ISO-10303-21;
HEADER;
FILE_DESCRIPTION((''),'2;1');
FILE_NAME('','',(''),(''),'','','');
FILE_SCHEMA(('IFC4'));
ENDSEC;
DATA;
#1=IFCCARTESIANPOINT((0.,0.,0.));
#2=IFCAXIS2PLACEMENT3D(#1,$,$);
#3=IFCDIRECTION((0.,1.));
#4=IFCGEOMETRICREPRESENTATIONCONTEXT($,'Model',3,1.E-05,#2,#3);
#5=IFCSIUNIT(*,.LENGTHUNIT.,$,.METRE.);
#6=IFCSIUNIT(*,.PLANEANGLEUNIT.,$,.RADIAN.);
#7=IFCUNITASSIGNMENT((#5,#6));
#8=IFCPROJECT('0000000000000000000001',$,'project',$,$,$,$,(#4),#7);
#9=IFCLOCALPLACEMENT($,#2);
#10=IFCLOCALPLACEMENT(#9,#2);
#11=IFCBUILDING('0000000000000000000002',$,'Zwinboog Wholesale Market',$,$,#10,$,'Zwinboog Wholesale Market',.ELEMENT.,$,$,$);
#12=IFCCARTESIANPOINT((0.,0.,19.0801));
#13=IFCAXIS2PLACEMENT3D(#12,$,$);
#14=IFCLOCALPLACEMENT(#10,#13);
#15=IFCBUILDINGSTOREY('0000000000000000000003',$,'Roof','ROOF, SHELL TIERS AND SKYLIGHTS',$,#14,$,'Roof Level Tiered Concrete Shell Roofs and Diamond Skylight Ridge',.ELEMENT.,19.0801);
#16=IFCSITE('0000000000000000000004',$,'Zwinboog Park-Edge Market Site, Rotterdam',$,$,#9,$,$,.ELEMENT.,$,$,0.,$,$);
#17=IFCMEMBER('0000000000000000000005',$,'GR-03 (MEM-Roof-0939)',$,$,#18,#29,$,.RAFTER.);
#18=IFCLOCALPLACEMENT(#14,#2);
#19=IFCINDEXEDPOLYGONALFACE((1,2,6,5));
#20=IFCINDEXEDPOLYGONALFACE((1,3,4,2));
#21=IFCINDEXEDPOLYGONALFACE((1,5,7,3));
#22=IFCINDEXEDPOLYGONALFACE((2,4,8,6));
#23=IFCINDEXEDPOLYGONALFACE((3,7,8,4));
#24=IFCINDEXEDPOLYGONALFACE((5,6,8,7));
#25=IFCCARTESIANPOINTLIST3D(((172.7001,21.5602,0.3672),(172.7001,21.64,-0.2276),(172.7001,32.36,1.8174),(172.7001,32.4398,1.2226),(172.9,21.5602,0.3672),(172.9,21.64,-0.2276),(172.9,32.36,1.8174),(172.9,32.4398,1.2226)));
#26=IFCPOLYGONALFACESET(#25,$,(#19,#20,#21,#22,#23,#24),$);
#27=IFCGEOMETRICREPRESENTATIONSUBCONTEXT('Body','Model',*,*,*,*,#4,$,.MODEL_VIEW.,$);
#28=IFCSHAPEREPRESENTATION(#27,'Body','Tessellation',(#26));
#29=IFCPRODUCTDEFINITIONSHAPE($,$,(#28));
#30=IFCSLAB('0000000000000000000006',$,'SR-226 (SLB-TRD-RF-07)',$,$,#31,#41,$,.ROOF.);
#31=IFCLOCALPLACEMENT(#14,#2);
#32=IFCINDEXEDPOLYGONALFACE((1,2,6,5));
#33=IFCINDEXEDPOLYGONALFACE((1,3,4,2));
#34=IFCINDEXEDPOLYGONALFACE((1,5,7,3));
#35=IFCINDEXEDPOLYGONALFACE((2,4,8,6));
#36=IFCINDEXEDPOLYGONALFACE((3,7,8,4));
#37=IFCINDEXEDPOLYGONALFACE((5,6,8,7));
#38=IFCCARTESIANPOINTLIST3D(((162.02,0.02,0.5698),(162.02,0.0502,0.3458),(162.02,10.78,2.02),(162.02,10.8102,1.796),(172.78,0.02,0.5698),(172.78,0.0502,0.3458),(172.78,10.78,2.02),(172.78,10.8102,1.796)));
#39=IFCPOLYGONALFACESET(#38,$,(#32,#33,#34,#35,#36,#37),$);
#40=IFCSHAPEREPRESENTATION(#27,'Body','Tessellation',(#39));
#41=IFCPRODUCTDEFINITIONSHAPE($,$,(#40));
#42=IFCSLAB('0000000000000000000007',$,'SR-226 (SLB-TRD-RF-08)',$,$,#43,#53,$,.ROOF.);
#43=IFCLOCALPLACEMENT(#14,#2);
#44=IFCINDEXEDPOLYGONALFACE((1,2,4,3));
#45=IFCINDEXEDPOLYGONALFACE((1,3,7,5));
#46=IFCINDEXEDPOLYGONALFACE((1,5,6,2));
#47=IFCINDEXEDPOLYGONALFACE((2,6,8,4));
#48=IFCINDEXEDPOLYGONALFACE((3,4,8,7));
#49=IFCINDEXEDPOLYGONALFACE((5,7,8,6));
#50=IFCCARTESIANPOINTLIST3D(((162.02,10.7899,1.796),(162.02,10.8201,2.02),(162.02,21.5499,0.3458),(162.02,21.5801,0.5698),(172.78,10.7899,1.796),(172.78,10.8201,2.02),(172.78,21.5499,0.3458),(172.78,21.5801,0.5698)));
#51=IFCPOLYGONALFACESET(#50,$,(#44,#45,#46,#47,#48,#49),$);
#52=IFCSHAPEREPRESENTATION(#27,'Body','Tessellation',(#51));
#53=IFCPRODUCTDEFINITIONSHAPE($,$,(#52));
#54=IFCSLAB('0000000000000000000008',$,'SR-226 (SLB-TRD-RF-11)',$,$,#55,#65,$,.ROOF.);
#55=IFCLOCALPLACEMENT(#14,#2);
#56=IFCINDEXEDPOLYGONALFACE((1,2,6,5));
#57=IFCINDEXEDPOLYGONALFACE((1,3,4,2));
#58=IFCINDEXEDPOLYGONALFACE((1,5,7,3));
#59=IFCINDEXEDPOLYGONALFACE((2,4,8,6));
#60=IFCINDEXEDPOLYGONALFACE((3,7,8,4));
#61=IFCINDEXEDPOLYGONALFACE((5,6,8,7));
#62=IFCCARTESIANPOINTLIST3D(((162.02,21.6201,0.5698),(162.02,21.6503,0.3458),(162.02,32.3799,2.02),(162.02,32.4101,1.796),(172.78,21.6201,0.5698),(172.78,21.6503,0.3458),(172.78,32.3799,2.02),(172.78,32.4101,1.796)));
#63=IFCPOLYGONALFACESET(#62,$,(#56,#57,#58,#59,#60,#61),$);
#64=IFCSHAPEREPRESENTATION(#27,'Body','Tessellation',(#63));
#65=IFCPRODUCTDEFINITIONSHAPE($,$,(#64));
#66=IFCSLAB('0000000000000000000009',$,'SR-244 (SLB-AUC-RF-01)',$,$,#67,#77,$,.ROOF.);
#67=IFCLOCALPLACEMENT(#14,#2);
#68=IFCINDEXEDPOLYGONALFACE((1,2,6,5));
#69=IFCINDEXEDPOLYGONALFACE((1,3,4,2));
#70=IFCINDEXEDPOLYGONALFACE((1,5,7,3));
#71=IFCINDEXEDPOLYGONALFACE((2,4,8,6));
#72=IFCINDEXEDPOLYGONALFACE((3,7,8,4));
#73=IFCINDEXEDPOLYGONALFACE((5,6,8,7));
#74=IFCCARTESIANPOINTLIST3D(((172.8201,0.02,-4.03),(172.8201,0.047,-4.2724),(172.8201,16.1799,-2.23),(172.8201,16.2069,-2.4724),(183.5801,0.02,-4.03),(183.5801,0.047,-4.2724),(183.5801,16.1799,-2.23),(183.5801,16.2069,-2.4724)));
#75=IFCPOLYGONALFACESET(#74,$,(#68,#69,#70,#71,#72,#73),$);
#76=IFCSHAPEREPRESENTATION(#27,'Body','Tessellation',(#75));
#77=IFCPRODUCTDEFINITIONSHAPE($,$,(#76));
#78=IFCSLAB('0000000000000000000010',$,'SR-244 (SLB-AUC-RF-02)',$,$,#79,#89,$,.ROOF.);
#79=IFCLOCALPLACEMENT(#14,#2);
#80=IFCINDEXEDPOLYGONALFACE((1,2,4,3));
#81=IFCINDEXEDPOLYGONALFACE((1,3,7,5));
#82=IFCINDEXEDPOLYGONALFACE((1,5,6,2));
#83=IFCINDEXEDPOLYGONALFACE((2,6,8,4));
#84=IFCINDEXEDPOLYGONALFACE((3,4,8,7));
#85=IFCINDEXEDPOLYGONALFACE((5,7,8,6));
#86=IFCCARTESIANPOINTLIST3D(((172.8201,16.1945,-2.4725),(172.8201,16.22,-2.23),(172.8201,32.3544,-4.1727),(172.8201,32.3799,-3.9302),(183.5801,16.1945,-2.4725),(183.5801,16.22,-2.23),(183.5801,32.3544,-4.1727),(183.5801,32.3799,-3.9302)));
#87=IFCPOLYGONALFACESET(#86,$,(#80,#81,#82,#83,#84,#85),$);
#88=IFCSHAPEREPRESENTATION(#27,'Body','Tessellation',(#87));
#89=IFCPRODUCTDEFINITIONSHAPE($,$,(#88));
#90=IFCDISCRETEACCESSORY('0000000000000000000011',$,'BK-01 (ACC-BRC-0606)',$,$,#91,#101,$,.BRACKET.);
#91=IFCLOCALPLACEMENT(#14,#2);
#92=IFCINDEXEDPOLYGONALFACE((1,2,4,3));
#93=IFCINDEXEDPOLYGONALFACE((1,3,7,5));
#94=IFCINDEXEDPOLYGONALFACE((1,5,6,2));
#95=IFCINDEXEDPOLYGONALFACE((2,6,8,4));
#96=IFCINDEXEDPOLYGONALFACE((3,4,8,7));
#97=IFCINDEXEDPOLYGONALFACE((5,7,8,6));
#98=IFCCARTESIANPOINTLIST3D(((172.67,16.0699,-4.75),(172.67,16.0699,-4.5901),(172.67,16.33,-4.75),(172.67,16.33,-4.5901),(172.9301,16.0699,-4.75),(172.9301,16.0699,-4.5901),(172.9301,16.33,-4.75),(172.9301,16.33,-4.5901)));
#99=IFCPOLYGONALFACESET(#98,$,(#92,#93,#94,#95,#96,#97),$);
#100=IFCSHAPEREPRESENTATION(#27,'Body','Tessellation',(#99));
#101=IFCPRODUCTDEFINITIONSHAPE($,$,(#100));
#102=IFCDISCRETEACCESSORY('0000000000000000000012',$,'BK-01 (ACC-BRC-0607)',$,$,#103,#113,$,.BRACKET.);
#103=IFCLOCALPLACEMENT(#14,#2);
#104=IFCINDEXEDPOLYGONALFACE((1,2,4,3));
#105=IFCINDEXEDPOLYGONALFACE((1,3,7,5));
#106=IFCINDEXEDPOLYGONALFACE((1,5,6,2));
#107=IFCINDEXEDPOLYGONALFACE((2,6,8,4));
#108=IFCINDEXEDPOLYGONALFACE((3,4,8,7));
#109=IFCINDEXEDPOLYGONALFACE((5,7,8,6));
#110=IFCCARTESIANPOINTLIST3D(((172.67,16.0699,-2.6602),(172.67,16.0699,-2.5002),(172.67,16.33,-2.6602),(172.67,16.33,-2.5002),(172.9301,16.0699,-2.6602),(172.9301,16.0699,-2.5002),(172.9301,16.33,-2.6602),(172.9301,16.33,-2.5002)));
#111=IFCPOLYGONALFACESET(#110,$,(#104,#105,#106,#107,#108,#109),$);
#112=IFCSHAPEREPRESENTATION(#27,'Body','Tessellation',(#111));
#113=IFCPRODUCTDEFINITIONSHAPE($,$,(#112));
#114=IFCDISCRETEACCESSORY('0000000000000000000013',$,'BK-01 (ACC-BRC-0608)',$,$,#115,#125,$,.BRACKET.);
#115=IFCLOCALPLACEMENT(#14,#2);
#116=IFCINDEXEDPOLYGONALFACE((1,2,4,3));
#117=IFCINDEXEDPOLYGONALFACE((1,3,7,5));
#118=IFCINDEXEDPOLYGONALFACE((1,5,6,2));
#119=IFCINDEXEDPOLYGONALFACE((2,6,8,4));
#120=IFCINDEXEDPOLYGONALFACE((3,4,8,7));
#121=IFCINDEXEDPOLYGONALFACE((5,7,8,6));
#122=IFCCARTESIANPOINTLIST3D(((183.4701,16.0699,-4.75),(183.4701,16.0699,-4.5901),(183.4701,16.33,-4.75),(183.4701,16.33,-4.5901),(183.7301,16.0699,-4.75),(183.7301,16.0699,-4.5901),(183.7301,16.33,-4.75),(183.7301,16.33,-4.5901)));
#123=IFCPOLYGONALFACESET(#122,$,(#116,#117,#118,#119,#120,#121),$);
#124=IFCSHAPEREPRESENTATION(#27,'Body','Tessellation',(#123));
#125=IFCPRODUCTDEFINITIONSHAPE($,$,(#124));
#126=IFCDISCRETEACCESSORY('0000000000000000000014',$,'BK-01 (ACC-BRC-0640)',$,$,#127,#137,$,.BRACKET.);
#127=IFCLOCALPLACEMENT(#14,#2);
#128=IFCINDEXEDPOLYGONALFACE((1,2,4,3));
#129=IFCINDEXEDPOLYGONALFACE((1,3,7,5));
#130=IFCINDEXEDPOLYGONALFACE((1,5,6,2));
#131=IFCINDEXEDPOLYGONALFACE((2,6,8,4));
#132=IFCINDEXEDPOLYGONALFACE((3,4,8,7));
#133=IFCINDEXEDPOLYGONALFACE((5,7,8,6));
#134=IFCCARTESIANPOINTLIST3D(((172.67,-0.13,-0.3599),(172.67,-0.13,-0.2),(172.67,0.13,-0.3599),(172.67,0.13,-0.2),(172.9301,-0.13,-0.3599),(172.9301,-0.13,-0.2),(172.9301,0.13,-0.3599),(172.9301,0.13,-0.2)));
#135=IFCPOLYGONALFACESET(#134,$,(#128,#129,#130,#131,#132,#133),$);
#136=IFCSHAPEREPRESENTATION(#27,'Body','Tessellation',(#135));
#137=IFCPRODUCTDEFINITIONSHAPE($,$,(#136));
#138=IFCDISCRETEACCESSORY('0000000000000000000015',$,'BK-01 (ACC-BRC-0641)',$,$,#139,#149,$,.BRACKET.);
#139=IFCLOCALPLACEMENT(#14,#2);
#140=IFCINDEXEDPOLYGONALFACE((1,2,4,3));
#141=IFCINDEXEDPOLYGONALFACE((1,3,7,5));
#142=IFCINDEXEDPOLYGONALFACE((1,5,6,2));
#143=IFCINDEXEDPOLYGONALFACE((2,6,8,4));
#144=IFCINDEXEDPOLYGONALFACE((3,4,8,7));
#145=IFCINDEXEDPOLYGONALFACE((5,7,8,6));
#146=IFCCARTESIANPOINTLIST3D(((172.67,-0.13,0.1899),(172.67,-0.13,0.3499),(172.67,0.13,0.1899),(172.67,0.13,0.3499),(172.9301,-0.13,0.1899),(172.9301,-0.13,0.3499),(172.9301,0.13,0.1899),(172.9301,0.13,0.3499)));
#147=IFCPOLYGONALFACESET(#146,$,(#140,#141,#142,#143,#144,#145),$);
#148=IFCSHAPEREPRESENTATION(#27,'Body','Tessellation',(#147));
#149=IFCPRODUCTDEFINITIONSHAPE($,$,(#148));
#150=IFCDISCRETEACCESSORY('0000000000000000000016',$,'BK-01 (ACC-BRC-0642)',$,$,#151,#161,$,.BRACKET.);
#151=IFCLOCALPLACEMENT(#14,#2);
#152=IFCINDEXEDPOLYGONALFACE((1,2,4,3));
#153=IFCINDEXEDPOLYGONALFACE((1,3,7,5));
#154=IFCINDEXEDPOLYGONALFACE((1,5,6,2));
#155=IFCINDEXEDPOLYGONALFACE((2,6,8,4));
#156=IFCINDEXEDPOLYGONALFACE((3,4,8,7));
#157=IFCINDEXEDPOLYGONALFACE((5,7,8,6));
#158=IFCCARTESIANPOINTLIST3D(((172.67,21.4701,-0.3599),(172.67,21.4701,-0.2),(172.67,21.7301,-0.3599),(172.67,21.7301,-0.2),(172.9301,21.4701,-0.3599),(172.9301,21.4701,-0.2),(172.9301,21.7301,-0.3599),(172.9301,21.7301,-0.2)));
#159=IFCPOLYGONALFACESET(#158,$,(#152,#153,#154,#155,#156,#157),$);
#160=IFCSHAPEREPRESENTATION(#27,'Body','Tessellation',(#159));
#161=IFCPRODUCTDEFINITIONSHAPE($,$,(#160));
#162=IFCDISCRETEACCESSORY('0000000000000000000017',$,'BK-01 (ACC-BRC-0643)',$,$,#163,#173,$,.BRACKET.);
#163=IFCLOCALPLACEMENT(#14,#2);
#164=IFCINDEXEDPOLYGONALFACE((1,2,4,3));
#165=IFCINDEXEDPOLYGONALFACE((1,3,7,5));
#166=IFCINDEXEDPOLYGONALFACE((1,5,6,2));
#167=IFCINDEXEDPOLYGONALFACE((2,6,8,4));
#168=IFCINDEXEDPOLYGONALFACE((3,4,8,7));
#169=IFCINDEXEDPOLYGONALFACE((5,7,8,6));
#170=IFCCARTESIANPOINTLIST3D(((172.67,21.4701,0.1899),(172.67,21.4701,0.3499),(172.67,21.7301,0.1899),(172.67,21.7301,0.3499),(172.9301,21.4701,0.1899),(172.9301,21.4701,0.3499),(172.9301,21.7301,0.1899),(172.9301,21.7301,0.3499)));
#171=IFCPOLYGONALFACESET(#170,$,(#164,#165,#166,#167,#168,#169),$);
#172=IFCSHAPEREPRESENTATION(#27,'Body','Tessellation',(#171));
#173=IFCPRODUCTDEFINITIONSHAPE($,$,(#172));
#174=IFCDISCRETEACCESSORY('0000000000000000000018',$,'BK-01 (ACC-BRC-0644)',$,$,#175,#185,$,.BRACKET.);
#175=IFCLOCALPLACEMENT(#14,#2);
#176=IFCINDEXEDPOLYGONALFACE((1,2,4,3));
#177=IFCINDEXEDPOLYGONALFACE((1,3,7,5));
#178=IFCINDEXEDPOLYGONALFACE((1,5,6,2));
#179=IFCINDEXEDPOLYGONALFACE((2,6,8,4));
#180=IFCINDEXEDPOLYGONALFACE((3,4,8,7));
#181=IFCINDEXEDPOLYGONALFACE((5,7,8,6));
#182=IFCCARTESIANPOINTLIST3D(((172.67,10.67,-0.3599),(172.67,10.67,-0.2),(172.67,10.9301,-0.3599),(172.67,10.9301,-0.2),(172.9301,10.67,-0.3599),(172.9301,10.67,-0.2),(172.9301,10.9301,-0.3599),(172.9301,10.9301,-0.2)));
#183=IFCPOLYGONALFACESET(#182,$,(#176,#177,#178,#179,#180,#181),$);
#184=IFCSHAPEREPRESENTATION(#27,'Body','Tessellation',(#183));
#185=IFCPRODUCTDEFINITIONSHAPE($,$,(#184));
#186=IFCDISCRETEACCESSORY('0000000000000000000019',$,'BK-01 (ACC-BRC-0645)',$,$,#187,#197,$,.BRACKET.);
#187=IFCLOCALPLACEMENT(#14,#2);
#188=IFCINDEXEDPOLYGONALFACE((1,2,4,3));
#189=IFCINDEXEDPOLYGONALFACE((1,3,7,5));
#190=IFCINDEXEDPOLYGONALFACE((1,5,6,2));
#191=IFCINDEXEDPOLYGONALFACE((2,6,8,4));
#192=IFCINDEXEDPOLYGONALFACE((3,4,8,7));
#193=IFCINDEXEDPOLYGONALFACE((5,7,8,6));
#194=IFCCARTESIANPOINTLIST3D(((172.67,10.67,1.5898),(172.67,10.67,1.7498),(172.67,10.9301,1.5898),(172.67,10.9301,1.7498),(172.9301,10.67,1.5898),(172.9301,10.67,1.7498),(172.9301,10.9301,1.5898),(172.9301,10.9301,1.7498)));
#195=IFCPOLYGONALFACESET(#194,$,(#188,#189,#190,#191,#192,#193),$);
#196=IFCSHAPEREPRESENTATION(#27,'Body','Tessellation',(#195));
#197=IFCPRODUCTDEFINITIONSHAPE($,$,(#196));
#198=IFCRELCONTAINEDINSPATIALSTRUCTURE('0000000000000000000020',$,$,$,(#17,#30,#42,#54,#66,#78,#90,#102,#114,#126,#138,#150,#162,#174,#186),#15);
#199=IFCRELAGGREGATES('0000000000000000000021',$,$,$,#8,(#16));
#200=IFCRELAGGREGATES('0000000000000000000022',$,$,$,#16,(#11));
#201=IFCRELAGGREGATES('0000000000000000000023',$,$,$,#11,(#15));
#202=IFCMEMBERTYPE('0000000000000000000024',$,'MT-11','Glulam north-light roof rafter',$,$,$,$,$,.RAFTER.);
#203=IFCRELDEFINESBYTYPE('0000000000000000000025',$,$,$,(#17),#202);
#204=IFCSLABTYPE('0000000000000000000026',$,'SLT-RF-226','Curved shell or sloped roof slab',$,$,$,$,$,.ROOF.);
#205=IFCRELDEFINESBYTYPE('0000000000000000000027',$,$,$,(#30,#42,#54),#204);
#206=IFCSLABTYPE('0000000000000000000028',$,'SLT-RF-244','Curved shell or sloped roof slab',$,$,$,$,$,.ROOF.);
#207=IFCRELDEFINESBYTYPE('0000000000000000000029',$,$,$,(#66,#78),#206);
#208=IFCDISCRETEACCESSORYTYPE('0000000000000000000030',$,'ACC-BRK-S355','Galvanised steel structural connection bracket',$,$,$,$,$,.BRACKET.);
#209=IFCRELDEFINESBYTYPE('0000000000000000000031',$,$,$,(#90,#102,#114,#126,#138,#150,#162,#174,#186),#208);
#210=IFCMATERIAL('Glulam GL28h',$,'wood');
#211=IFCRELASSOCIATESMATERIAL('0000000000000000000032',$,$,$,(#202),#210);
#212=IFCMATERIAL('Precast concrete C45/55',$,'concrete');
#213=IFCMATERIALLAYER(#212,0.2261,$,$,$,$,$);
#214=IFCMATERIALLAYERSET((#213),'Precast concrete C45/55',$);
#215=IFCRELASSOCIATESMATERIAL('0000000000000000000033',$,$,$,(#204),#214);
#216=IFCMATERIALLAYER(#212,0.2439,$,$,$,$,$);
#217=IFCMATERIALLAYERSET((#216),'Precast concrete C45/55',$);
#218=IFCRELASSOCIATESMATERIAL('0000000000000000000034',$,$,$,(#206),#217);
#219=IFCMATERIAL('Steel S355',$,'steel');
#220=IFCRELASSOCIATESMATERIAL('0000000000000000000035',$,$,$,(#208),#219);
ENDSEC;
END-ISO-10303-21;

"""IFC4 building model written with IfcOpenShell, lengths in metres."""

from ifc_helpers import new_model, si_unit, direction, frame, origin, origin_2d, place, context, subcontext, project, spatial, polyline, rectangle, outline, extrude, material, layer, layer_set, material_profile, profile_set, type_object, element, save


model = new_model("IFC4")

# Units and contexts
model_context = context("Model", 3, precision=1e-05, world=origin(), true_north=direction((0.0, 1.0)))
body_context = subcontext(model_context, "Body", "Model", "MODEL_VIEW")
ifc_project = project(units=[si_unit("LENGTHUNIT", "METRE"), si_unit("PLANEANGLEUNIT", "RADIAN")], contexts=[model_context])

# Site, building, storey
site_placement = place(None, origin())
site = spatial("IfcSite", under=ifc_project, at=site_placement, Name="Zwinboog Park-Edge Market Site, Rotterdam", CompositionType="ELEMENT", RefElevation=0.0)
building_placement = place(site_placement, origin())
building = spatial("IfcBuilding", under=site, at=building_placement, Name="Zwinboog Wholesale Market", LongName="Zwinboog Wholesale Market", CompositionType="ELEMENT")
storey_placement = place(building_placement, frame((0.0, 0.0, 19.0801)))
storey = spatial("IfcBuildingStorey", under=building, at=storey_placement, Name="Roof", Description="ROOF, SHELL TIERS AND SKYLIGHTS", LongName="Roof Level Tiered Concrete Shell Roofs and Diamond Skylight Ridge", CompositionType="ELEMENT", Elevation=19.0801)

# Shared definitions
ifc_material_1 = material(Name="Precast concrete C45/55", Category="concrete")
ifc_material_2 = material(Name="Steel S355", Category="steel")

# Member
ifc_material_3 = material(Name="Glulam GL28h", Category="wood")
ifc_material_profile_1 = material_profile(ifc_material_3, rectangle(XDim=0.2, YDim=0.6001, at=origin_2d()), Name="GL28h 200x600")
ifc_profile_set_1 = profile_set([ifc_material_profile_1], Name="Glulam GL28h")
member_type_1 = type_object("IfcMemberType", Name="MT-11", Description="Glulam north-light roof rafter", PredefinedType="RAFTER", material=ifc_profile_set_1)
member_1_placement = place(storey_placement, frame((172.8, 21.6001, 0.0698), z_axis=(0.0, 0.991105, 0.133085), x_axis=(-1.0, 0.0, 0.0)))
element("IfcMember", 1, at=member_1_placement, inside=storey, type_object=member_type_1, Name="GR-03 (MEM-Roof-0939)", PredefinedType="RAFTER", context=body_context, shape_type="SweptSolid", body=[
    extrude(rectangle(XDim=0.2, YDim=0.6001, at=origin_2d()), origin(), (0.0, 0.0, 1.0), 10.8967),
])

# Slabs
ifc_layer_1 = layer(ifc_material_1, 0.2261)
ifc_layer_set_1 = layer_set([ifc_layer_1], Name="Precast concrete C45/55")
slab_type_1 = type_object("IfcSlabType", Name="SLT-RF-226", Description="Curved shell or sloped roof slab", PredefinedType="ROOF", material=ifc_layer_set_1)
for number, where, z_axis, x_axis, name in (
    (2, (162.02, 0.02, 0.5698), (0.0, -0.133569, 0.99104), (1.0, 0.0, 0.0), "SR-226 (SLB-TRD-RF-07)"),
    (3, (162.02, 10.8201, 2.02), (0.0, 0.133569, 0.99104), (1.0, 0.0, 0.0), "SR-226 (SLB-TRD-RF-08)"),
):
    element("IfcSlab", number, at=place(storey_placement, frame(where, z_axis=z_axis, x_axis=x_axis)), inside=storey, type_object=slab_type_1, Name=name, PredefinedType="ROOF", context=body_context, shape_type="SweptSolid", body=[
        extrude(outline(polyline([(0.0, 0.0), (10.76, 0.0), (10.76, 10.8573), (0.0, 10.8573), (0.0, 0.0)])), origin(), (0.0, 0.0, -1.0), 0.2261),
    ])
slab_1_placement = place(storey_placement, frame((162.02, 21.6201, 0.5698), z_axis=(0.0, -0.133572, 0.991039), x_axis=(1.0, 0.0, 0.0)))
element("IfcSlab", 4, at=slab_1_placement, inside=storey, type_object=slab_type_1, Name="SR-226 (SLB-TRD-RF-11)", PredefinedType="ROOF", context=body_context, shape_type="SweptSolid", body=[
    extrude(outline(polyline([(0.0, 0.0), (10.76, 0.0), (10.76, 10.8571), (0.0, 10.8571), (0.0, 0.0)])), origin(), (0.0, 0.0, -1.0), 0.2261),
])
ifc_layer_2 = layer(ifc_material_1, 0.2439)
ifc_layer_set_2 = layer_set([ifc_layer_2], Name="Precast concrete C45/55")
slab_type_2 = type_object("IfcSlabType", Name="SLT-RF-244", Description="Curved shell or sloped roof slab", PredefinedType="ROOF", material=ifc_layer_set_2)
slab_2_placement = place(storey_placement, frame((172.8201, 0.02, -4.03), z_axis=(0.0, -0.110705, 0.993853), x_axis=(1.0, 0.0, 0.0)))
element("IfcSlab", 5, at=slab_2_placement, inside=storey, type_object=slab_type_2, Name="SR-244 (SLB-AUC-RF-01)", PredefinedType="ROOF", context=body_context, shape_type="SweptSolid", body=[
    extrude(outline(polyline([(0.0, 0.0), (10.76, 0.0), (10.76, 16.2599), (0.0, 16.2599), (0.0, 0.0)])), origin(), (0.0, 0.0, -1.0), 0.2439),
])
slab_3_placement = place(storey_placement, frame((172.8201, 16.22, -2.23), z_axis=(0.0, 0.104633, 0.994511), x_axis=(1.0, 0.0, 0.0)))
element("IfcSlab", 6, at=slab_3_placement, inside=storey, type_object=slab_type_2, Name="SR-244 (SLB-AUC-RF-02)", PredefinedType="ROOF", context=body_context, shape_type="SweptSolid", body=[
    extrude(outline(polyline([(0.0, 0.0), (10.76, 0.0), (10.76, 16.2491), (0.0, 16.2491), (0.0, 0.0)])), origin(), (0.0, 0.0, -1.0), 0.2439),
])

# Discrete accessories
discrete_accessory_type = type_object("IfcDiscreteAccessoryType", Name="ACC-BRK-S355", Description="Galvanised steel structural connection bracket", PredefinedType="BRACKET", material=ifc_material_2)
for number, where, z_axis, x_axis, name in (
    (7, (172.8, 16.2, -4.75), (0.0, 0.0, 1.0), (1.0, 0.0, 0.0), "BK-01 (ACC-BRC-0606)"),
    (8, (172.8, 16.2, -2.6602), (0.0, 0.0, 1.0), (1.0, 0.0, 0.0), "BK-01 (ACC-BRC-0607)"),
    (9, (183.6001, 16.2, -4.75), (0.0, 0.0, 1.0), (1.0, 0.0, 0.0), "BK-01 (ACC-BRC-0608)"),
    (10, (172.8, 0.0, -0.3599), (0.0, 0.0, 1.0), (1.0, 0.0, 0.0), "BK-01 (ACC-BRC-0640)"),
    (11, (172.8, 0.0, 0.1899), (0.0, 0.0, 1.0), (1.0, 0.0, 0.0), "BK-01 (ACC-BRC-0641)"),
    (12, (172.8, 21.6001, -0.3599), (0.0, 0.0, 1.0), (1.0, 0.0, 0.0), "BK-01 (ACC-BRC-0642)"),
    (13, (172.8, 21.6001, 0.1899), (0.0, 0.0, 1.0), (1.0, 0.0, 0.0), "BK-01 (ACC-BRC-0643)"),
    (14, (172.8, 10.8, -0.3599), (0.0, 0.0, 1.0), (1.0, 0.0, 0.0), "BK-01 (ACC-BRC-0644)"),
    (15, (172.8, 10.8, 1.5898), (0.0, 0.0, 1.0), (1.0, 0.0, 0.0), "BK-01 (ACC-BRC-0645)"),
):
    element("IfcDiscreteAccessory", number, at=place(storey_placement, frame(where, z_axis=z_axis, x_axis=x_axis)), inside=storey, type_object=discrete_accessory_type, Name=name, PredefinedType="BRACKET", context=body_context, shape_type="SweptSolid", body=[
        extrude(rectangle(XDim=0.26, YDim=0.26, at=origin_2d()), origin(), (0.0, 0.0, 1.0), 0.1599),
    ])

save(model, "model.ifc")
